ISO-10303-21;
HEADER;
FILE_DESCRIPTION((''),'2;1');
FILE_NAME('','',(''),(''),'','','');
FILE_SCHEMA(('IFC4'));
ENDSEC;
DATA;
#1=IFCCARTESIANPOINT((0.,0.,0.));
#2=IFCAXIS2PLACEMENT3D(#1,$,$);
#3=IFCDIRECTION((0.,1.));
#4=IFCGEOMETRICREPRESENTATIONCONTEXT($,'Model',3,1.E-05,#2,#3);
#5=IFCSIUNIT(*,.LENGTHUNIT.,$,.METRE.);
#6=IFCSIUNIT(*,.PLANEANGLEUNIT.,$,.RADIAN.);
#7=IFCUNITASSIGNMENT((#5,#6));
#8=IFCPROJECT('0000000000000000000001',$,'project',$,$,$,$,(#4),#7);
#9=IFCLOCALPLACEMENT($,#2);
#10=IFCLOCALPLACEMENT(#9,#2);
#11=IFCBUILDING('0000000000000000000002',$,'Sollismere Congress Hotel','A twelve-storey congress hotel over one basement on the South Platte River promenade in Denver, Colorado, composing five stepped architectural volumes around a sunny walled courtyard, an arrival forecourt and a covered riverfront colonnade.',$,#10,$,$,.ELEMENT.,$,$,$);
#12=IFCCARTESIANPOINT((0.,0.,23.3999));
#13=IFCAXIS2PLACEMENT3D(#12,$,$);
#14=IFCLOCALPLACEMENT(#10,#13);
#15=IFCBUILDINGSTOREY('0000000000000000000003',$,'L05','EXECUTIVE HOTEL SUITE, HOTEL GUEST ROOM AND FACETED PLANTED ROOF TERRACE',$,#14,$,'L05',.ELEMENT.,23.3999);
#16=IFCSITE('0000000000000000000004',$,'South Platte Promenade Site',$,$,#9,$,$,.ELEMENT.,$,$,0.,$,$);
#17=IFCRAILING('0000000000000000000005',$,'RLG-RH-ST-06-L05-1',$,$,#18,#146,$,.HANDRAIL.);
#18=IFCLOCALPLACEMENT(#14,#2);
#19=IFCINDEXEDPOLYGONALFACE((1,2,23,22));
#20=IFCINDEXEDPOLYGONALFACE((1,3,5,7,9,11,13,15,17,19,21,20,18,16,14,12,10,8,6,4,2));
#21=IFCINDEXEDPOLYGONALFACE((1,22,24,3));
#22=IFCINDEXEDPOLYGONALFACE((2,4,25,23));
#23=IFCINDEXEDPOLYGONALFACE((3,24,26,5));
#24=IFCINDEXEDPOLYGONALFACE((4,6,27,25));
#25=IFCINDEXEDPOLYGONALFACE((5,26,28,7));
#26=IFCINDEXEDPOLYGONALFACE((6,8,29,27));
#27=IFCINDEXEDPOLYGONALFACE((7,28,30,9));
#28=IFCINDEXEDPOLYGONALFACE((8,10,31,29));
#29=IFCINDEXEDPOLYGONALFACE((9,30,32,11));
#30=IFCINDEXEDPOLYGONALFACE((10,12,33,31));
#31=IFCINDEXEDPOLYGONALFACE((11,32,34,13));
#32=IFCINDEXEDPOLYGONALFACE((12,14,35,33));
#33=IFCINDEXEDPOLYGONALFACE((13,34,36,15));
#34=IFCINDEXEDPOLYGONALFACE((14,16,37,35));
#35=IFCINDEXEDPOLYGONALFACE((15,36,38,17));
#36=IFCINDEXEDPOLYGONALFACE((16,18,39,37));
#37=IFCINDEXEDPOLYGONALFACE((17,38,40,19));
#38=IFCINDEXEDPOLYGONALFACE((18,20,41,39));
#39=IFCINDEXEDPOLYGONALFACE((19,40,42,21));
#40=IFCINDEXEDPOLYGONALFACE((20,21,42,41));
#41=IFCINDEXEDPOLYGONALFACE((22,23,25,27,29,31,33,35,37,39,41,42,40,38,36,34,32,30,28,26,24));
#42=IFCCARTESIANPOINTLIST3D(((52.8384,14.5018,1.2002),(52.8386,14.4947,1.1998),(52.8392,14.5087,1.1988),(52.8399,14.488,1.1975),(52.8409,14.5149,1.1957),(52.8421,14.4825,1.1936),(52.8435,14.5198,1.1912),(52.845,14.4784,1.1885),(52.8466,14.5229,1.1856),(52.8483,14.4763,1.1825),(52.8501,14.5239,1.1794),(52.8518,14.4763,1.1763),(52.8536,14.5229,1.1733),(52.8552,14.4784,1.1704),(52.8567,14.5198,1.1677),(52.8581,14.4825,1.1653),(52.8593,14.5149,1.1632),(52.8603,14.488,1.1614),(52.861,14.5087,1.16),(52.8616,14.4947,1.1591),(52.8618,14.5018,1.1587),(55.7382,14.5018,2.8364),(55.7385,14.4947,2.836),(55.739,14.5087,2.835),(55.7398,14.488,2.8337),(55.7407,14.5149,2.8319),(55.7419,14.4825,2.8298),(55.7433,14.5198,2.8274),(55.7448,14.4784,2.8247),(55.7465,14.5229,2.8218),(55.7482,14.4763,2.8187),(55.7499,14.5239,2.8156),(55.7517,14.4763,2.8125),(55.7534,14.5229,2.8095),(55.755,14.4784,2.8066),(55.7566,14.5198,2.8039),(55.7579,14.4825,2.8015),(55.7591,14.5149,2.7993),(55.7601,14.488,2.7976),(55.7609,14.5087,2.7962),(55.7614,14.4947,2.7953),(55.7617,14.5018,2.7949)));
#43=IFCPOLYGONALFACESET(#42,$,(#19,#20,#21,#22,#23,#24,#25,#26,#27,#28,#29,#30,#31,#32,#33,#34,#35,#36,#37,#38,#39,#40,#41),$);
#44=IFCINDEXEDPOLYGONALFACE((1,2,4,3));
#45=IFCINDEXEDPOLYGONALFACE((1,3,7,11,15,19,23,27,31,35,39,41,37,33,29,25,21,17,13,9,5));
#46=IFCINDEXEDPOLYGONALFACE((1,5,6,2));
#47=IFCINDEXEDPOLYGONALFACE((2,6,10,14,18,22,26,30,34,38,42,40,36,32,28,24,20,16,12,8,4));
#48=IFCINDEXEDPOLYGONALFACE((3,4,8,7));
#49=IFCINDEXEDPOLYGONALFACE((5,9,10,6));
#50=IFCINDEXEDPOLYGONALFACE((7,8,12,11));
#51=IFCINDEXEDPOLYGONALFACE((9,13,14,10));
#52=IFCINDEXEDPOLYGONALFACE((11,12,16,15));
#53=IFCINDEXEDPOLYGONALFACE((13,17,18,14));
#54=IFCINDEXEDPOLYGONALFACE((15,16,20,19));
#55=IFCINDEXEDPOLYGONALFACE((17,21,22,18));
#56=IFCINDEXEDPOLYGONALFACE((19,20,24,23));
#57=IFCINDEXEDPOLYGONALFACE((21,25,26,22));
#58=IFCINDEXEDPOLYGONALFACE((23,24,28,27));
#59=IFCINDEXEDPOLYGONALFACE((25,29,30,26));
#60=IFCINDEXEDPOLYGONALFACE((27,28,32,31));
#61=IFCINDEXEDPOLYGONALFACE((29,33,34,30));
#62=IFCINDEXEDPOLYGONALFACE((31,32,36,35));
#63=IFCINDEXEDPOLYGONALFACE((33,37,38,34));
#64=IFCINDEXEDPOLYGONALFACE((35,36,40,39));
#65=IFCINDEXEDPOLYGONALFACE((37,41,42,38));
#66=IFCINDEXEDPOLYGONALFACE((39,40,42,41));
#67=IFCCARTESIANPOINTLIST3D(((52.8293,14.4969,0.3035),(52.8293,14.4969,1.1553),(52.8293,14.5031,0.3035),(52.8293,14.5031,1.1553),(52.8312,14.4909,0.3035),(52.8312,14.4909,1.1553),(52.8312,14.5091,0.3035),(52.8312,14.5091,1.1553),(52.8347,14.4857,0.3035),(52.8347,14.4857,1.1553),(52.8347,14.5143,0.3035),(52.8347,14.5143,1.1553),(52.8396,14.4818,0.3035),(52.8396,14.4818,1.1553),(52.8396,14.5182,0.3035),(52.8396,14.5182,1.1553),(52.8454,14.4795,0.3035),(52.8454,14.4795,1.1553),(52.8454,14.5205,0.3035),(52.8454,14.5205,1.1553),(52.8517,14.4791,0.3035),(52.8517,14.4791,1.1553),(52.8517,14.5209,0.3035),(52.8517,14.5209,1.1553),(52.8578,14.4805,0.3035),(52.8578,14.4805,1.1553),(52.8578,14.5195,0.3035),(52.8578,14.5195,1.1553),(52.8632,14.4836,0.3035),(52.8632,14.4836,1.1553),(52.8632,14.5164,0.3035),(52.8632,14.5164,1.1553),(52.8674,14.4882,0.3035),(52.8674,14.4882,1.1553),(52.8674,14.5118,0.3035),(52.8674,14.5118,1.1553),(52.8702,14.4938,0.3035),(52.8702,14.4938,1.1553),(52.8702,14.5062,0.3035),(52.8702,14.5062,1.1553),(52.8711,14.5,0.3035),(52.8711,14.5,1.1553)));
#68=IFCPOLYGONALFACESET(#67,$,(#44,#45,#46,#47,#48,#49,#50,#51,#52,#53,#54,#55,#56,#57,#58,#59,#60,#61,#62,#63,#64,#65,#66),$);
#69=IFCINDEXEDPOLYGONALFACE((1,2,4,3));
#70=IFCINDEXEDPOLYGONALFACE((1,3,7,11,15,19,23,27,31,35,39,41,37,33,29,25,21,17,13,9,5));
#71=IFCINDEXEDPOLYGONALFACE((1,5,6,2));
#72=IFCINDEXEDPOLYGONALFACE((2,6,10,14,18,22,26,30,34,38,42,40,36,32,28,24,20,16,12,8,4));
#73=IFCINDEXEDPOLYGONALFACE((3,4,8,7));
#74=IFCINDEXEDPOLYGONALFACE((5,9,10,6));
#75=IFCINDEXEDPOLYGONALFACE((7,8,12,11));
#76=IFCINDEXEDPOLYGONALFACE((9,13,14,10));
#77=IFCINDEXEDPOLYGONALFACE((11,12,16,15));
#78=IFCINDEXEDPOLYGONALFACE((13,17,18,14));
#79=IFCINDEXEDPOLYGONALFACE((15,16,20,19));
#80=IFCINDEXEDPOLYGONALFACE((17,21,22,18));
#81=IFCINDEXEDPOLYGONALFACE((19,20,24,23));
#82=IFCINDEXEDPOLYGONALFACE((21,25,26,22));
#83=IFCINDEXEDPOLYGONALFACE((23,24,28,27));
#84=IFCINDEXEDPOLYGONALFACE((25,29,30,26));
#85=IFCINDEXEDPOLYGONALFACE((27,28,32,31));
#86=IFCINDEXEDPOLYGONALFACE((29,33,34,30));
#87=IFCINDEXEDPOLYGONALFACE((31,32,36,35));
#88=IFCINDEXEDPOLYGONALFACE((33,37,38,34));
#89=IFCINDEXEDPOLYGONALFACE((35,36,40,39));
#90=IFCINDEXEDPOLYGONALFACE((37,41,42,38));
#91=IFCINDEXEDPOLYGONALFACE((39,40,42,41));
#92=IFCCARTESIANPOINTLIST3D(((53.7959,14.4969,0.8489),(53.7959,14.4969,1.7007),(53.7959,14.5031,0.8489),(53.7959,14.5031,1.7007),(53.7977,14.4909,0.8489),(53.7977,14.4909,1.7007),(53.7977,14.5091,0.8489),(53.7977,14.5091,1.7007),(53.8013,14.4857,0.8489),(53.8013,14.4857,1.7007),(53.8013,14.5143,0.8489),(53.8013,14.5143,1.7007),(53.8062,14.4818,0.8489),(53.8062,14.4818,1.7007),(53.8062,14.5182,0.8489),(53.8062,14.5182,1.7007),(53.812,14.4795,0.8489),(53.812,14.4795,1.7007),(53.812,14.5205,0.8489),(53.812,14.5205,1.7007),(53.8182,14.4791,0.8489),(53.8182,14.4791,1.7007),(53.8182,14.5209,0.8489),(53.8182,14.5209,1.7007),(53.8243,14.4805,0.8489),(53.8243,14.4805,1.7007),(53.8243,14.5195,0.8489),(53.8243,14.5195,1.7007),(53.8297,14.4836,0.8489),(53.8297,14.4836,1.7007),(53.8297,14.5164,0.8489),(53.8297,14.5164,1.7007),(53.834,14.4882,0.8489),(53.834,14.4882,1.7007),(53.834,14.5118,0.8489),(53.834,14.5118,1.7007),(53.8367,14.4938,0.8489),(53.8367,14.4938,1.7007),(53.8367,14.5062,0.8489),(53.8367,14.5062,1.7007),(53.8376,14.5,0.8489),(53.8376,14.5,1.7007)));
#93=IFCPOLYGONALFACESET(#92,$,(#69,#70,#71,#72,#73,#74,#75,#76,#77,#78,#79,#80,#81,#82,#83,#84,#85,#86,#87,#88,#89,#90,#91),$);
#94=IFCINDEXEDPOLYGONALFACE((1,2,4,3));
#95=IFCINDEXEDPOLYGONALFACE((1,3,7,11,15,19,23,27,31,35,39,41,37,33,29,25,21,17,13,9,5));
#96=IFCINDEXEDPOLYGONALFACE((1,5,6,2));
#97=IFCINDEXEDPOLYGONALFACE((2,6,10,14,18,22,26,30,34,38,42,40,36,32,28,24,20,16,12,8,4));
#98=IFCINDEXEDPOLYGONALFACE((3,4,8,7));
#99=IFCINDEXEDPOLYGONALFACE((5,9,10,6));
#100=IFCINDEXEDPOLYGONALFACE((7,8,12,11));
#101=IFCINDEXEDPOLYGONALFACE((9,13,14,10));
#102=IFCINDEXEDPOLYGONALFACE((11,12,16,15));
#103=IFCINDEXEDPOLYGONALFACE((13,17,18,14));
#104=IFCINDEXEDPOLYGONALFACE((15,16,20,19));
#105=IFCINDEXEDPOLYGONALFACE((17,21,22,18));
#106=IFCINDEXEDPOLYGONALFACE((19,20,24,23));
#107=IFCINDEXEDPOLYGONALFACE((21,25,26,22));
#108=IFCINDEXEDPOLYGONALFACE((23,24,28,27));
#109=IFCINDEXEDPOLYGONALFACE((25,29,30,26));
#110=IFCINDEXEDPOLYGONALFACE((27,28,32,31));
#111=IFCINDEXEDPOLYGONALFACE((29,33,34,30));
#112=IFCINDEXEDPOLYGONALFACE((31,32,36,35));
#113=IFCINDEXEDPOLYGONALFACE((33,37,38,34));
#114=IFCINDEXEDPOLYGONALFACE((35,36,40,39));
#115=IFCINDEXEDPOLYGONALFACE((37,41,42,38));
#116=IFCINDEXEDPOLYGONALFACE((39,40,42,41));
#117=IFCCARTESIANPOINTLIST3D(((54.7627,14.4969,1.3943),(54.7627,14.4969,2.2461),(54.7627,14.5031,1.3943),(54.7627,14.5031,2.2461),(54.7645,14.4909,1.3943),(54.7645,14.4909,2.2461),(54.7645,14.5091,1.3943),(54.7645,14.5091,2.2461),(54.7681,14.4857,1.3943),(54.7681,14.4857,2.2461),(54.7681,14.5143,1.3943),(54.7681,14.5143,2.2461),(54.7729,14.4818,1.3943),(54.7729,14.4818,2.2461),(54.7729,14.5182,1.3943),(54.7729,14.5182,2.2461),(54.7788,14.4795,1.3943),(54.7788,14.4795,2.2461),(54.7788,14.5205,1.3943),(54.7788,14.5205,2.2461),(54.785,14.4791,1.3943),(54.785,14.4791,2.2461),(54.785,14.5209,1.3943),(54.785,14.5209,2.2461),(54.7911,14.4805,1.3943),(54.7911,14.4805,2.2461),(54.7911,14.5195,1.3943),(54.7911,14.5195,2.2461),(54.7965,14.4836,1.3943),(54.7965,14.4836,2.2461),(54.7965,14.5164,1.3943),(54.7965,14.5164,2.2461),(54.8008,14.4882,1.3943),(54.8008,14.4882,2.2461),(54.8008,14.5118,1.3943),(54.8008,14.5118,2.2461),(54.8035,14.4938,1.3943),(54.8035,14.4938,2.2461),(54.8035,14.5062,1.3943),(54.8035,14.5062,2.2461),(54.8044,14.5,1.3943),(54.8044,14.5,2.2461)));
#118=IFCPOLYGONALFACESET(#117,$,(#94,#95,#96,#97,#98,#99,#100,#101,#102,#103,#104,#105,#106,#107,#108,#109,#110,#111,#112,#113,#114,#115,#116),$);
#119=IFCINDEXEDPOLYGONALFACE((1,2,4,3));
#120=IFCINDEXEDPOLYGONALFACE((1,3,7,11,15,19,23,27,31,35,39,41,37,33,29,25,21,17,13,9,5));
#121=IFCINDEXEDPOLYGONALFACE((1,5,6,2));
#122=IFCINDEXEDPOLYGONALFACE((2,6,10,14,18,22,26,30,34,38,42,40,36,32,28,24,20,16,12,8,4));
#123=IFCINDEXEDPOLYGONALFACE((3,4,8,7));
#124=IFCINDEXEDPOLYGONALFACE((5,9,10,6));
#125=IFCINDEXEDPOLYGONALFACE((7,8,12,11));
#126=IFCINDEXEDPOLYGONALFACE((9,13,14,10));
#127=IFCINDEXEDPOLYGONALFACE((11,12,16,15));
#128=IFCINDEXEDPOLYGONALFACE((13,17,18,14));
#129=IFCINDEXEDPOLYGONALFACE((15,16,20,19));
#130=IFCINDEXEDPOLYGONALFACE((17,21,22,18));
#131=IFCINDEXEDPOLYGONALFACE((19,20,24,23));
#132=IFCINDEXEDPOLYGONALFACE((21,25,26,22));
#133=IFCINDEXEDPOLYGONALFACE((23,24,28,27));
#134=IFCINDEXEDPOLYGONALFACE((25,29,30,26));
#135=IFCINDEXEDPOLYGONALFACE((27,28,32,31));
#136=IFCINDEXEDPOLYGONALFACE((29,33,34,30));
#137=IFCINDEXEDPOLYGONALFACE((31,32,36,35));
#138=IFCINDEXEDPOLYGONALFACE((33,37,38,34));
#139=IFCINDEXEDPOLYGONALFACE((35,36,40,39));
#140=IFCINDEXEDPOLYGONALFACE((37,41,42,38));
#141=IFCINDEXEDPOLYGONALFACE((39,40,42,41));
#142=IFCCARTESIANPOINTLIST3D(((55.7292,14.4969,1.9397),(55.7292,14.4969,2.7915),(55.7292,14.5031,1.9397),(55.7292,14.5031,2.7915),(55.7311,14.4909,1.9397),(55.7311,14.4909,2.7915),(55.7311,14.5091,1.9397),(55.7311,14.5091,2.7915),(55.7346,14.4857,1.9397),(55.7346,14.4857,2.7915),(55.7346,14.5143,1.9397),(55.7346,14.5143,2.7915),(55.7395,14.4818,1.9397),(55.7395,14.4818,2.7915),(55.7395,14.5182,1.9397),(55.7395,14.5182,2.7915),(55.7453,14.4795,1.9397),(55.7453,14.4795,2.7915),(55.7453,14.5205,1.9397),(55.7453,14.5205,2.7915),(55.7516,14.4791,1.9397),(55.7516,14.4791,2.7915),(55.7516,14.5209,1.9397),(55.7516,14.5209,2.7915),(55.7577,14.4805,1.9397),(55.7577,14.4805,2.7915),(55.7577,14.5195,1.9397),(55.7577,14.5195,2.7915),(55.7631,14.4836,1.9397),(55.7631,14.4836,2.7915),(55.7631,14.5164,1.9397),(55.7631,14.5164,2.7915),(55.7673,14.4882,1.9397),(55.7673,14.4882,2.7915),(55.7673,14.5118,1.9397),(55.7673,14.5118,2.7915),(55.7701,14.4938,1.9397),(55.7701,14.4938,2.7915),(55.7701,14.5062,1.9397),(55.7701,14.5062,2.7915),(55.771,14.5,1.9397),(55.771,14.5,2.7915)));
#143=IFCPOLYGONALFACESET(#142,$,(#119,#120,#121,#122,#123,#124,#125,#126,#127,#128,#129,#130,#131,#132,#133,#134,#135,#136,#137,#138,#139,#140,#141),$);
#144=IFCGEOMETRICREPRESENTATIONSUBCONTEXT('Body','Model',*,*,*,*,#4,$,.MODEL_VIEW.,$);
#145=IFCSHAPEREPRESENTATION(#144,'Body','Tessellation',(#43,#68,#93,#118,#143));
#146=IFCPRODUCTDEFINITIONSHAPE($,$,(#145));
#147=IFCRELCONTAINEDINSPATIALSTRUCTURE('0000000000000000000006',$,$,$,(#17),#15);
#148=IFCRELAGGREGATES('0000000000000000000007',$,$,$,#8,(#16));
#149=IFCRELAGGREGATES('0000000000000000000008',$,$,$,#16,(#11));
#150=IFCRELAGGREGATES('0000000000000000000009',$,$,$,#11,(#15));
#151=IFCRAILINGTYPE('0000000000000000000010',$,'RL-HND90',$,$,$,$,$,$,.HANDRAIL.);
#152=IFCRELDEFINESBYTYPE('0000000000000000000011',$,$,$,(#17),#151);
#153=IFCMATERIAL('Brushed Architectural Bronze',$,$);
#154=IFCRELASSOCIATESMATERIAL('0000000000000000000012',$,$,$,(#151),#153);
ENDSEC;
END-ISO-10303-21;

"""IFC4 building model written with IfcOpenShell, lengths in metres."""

from ifc_helpers import new_model, si_unit, direction, frame, origin, origin_2d, place, context, subcontext, project, spatial, circle, extrude, material, type_object, element, save


model = new_model("IFC4")

# Units and contexts
model_context = context("Model", 3, precision=1e-05, world=origin(), true_north=direction((0.0, 1.0)))
body_context = subcontext(model_context, "Body", "Model", "MODEL_VIEW")
ifc_project = project(units=[si_unit("LENGTHUNIT", "METRE"), si_unit("PLANEANGLEUNIT", "RADIAN")], contexts=[model_context])

# Site, building, storey
site_placement = place(None, origin())
site = spatial("IfcSite", under=ifc_project, at=site_placement, Name="South Platte Promenade Site", CompositionType="ELEMENT", RefElevation=0.0)
building_placement = place(site_placement, origin())
building = spatial("IfcBuilding", under=site, at=building_placement, Name="Sollismere Congress Hotel", Description="A twelve-storey congress hotel over one basement on the South Platte River promenade in Denver, Colorado, composing five stepped architectural volumes around a sunny walled courtyard, an arrival forecourt and a covered riverfront colonnade.", CompositionType="ELEMENT")
storey_placement = place(building_placement, frame((0.0, 0.0, 23.3999)))
storey = spatial("IfcBuildingStorey", under=building, at=storey_placement, Name="L05", Description="EXECUTIVE HOTEL SUITE, HOTEL GUEST ROOM AND FACETED PLANTED ROOF TERRACE", LongName="L05", CompositionType="ELEMENT", Elevation=23.3999)

# Railing
ifc_material_1 = material(Name="Brushed Architectural Bronze")
railing_type_1 = type_object("IfcRailingType", Name="RL-HND90", PredefinedType="HANDRAIL", material=ifc_material_1)
railing_1_placement = place(storey_placement, frame((52.8501, 14.5, 0.3035)))
element("IfcRailing", 1, at=railing_1_placement, inside=storey, type_object=railing_type_1, Name="RLG-RH-ST-06-L05-1", PredefinedType="HANDRAIL", context=body_context, shape_type="SweptSolid", body=[
    extrude(circle(Radius=0.0239, at=origin_2d()), frame((0.0, 0.0, 0.876), z_axis=(0.870929, 0.0, 0.49141), x_axis=(0.0, 1.0, 0.0)), (0.0, 0.0, 1.0), 3.3296),
    extrude(circle(Radius=0.021, at=origin_2d()), origin(), (0.0, 0.0, 1.0), 0.8518),
    extrude(circle(Radius=0.021, at=origin_2d()), frame((0.9666, 0.0, 0.5454)), (0.0, 0.0, 1.0), 0.8518),
    extrude(circle(Radius=0.021, at=origin_2d()), frame((1.9333, 0.0, 1.0908)), (0.0, 0.0, 1.0), 0.8518),
    extrude(circle(Radius=0.021, at=origin_2d()), frame((2.8999, 0.0, 1.6362)), (0.0, 0.0, 1.0), 0.8518),
])

save(model, "model.ifc")
